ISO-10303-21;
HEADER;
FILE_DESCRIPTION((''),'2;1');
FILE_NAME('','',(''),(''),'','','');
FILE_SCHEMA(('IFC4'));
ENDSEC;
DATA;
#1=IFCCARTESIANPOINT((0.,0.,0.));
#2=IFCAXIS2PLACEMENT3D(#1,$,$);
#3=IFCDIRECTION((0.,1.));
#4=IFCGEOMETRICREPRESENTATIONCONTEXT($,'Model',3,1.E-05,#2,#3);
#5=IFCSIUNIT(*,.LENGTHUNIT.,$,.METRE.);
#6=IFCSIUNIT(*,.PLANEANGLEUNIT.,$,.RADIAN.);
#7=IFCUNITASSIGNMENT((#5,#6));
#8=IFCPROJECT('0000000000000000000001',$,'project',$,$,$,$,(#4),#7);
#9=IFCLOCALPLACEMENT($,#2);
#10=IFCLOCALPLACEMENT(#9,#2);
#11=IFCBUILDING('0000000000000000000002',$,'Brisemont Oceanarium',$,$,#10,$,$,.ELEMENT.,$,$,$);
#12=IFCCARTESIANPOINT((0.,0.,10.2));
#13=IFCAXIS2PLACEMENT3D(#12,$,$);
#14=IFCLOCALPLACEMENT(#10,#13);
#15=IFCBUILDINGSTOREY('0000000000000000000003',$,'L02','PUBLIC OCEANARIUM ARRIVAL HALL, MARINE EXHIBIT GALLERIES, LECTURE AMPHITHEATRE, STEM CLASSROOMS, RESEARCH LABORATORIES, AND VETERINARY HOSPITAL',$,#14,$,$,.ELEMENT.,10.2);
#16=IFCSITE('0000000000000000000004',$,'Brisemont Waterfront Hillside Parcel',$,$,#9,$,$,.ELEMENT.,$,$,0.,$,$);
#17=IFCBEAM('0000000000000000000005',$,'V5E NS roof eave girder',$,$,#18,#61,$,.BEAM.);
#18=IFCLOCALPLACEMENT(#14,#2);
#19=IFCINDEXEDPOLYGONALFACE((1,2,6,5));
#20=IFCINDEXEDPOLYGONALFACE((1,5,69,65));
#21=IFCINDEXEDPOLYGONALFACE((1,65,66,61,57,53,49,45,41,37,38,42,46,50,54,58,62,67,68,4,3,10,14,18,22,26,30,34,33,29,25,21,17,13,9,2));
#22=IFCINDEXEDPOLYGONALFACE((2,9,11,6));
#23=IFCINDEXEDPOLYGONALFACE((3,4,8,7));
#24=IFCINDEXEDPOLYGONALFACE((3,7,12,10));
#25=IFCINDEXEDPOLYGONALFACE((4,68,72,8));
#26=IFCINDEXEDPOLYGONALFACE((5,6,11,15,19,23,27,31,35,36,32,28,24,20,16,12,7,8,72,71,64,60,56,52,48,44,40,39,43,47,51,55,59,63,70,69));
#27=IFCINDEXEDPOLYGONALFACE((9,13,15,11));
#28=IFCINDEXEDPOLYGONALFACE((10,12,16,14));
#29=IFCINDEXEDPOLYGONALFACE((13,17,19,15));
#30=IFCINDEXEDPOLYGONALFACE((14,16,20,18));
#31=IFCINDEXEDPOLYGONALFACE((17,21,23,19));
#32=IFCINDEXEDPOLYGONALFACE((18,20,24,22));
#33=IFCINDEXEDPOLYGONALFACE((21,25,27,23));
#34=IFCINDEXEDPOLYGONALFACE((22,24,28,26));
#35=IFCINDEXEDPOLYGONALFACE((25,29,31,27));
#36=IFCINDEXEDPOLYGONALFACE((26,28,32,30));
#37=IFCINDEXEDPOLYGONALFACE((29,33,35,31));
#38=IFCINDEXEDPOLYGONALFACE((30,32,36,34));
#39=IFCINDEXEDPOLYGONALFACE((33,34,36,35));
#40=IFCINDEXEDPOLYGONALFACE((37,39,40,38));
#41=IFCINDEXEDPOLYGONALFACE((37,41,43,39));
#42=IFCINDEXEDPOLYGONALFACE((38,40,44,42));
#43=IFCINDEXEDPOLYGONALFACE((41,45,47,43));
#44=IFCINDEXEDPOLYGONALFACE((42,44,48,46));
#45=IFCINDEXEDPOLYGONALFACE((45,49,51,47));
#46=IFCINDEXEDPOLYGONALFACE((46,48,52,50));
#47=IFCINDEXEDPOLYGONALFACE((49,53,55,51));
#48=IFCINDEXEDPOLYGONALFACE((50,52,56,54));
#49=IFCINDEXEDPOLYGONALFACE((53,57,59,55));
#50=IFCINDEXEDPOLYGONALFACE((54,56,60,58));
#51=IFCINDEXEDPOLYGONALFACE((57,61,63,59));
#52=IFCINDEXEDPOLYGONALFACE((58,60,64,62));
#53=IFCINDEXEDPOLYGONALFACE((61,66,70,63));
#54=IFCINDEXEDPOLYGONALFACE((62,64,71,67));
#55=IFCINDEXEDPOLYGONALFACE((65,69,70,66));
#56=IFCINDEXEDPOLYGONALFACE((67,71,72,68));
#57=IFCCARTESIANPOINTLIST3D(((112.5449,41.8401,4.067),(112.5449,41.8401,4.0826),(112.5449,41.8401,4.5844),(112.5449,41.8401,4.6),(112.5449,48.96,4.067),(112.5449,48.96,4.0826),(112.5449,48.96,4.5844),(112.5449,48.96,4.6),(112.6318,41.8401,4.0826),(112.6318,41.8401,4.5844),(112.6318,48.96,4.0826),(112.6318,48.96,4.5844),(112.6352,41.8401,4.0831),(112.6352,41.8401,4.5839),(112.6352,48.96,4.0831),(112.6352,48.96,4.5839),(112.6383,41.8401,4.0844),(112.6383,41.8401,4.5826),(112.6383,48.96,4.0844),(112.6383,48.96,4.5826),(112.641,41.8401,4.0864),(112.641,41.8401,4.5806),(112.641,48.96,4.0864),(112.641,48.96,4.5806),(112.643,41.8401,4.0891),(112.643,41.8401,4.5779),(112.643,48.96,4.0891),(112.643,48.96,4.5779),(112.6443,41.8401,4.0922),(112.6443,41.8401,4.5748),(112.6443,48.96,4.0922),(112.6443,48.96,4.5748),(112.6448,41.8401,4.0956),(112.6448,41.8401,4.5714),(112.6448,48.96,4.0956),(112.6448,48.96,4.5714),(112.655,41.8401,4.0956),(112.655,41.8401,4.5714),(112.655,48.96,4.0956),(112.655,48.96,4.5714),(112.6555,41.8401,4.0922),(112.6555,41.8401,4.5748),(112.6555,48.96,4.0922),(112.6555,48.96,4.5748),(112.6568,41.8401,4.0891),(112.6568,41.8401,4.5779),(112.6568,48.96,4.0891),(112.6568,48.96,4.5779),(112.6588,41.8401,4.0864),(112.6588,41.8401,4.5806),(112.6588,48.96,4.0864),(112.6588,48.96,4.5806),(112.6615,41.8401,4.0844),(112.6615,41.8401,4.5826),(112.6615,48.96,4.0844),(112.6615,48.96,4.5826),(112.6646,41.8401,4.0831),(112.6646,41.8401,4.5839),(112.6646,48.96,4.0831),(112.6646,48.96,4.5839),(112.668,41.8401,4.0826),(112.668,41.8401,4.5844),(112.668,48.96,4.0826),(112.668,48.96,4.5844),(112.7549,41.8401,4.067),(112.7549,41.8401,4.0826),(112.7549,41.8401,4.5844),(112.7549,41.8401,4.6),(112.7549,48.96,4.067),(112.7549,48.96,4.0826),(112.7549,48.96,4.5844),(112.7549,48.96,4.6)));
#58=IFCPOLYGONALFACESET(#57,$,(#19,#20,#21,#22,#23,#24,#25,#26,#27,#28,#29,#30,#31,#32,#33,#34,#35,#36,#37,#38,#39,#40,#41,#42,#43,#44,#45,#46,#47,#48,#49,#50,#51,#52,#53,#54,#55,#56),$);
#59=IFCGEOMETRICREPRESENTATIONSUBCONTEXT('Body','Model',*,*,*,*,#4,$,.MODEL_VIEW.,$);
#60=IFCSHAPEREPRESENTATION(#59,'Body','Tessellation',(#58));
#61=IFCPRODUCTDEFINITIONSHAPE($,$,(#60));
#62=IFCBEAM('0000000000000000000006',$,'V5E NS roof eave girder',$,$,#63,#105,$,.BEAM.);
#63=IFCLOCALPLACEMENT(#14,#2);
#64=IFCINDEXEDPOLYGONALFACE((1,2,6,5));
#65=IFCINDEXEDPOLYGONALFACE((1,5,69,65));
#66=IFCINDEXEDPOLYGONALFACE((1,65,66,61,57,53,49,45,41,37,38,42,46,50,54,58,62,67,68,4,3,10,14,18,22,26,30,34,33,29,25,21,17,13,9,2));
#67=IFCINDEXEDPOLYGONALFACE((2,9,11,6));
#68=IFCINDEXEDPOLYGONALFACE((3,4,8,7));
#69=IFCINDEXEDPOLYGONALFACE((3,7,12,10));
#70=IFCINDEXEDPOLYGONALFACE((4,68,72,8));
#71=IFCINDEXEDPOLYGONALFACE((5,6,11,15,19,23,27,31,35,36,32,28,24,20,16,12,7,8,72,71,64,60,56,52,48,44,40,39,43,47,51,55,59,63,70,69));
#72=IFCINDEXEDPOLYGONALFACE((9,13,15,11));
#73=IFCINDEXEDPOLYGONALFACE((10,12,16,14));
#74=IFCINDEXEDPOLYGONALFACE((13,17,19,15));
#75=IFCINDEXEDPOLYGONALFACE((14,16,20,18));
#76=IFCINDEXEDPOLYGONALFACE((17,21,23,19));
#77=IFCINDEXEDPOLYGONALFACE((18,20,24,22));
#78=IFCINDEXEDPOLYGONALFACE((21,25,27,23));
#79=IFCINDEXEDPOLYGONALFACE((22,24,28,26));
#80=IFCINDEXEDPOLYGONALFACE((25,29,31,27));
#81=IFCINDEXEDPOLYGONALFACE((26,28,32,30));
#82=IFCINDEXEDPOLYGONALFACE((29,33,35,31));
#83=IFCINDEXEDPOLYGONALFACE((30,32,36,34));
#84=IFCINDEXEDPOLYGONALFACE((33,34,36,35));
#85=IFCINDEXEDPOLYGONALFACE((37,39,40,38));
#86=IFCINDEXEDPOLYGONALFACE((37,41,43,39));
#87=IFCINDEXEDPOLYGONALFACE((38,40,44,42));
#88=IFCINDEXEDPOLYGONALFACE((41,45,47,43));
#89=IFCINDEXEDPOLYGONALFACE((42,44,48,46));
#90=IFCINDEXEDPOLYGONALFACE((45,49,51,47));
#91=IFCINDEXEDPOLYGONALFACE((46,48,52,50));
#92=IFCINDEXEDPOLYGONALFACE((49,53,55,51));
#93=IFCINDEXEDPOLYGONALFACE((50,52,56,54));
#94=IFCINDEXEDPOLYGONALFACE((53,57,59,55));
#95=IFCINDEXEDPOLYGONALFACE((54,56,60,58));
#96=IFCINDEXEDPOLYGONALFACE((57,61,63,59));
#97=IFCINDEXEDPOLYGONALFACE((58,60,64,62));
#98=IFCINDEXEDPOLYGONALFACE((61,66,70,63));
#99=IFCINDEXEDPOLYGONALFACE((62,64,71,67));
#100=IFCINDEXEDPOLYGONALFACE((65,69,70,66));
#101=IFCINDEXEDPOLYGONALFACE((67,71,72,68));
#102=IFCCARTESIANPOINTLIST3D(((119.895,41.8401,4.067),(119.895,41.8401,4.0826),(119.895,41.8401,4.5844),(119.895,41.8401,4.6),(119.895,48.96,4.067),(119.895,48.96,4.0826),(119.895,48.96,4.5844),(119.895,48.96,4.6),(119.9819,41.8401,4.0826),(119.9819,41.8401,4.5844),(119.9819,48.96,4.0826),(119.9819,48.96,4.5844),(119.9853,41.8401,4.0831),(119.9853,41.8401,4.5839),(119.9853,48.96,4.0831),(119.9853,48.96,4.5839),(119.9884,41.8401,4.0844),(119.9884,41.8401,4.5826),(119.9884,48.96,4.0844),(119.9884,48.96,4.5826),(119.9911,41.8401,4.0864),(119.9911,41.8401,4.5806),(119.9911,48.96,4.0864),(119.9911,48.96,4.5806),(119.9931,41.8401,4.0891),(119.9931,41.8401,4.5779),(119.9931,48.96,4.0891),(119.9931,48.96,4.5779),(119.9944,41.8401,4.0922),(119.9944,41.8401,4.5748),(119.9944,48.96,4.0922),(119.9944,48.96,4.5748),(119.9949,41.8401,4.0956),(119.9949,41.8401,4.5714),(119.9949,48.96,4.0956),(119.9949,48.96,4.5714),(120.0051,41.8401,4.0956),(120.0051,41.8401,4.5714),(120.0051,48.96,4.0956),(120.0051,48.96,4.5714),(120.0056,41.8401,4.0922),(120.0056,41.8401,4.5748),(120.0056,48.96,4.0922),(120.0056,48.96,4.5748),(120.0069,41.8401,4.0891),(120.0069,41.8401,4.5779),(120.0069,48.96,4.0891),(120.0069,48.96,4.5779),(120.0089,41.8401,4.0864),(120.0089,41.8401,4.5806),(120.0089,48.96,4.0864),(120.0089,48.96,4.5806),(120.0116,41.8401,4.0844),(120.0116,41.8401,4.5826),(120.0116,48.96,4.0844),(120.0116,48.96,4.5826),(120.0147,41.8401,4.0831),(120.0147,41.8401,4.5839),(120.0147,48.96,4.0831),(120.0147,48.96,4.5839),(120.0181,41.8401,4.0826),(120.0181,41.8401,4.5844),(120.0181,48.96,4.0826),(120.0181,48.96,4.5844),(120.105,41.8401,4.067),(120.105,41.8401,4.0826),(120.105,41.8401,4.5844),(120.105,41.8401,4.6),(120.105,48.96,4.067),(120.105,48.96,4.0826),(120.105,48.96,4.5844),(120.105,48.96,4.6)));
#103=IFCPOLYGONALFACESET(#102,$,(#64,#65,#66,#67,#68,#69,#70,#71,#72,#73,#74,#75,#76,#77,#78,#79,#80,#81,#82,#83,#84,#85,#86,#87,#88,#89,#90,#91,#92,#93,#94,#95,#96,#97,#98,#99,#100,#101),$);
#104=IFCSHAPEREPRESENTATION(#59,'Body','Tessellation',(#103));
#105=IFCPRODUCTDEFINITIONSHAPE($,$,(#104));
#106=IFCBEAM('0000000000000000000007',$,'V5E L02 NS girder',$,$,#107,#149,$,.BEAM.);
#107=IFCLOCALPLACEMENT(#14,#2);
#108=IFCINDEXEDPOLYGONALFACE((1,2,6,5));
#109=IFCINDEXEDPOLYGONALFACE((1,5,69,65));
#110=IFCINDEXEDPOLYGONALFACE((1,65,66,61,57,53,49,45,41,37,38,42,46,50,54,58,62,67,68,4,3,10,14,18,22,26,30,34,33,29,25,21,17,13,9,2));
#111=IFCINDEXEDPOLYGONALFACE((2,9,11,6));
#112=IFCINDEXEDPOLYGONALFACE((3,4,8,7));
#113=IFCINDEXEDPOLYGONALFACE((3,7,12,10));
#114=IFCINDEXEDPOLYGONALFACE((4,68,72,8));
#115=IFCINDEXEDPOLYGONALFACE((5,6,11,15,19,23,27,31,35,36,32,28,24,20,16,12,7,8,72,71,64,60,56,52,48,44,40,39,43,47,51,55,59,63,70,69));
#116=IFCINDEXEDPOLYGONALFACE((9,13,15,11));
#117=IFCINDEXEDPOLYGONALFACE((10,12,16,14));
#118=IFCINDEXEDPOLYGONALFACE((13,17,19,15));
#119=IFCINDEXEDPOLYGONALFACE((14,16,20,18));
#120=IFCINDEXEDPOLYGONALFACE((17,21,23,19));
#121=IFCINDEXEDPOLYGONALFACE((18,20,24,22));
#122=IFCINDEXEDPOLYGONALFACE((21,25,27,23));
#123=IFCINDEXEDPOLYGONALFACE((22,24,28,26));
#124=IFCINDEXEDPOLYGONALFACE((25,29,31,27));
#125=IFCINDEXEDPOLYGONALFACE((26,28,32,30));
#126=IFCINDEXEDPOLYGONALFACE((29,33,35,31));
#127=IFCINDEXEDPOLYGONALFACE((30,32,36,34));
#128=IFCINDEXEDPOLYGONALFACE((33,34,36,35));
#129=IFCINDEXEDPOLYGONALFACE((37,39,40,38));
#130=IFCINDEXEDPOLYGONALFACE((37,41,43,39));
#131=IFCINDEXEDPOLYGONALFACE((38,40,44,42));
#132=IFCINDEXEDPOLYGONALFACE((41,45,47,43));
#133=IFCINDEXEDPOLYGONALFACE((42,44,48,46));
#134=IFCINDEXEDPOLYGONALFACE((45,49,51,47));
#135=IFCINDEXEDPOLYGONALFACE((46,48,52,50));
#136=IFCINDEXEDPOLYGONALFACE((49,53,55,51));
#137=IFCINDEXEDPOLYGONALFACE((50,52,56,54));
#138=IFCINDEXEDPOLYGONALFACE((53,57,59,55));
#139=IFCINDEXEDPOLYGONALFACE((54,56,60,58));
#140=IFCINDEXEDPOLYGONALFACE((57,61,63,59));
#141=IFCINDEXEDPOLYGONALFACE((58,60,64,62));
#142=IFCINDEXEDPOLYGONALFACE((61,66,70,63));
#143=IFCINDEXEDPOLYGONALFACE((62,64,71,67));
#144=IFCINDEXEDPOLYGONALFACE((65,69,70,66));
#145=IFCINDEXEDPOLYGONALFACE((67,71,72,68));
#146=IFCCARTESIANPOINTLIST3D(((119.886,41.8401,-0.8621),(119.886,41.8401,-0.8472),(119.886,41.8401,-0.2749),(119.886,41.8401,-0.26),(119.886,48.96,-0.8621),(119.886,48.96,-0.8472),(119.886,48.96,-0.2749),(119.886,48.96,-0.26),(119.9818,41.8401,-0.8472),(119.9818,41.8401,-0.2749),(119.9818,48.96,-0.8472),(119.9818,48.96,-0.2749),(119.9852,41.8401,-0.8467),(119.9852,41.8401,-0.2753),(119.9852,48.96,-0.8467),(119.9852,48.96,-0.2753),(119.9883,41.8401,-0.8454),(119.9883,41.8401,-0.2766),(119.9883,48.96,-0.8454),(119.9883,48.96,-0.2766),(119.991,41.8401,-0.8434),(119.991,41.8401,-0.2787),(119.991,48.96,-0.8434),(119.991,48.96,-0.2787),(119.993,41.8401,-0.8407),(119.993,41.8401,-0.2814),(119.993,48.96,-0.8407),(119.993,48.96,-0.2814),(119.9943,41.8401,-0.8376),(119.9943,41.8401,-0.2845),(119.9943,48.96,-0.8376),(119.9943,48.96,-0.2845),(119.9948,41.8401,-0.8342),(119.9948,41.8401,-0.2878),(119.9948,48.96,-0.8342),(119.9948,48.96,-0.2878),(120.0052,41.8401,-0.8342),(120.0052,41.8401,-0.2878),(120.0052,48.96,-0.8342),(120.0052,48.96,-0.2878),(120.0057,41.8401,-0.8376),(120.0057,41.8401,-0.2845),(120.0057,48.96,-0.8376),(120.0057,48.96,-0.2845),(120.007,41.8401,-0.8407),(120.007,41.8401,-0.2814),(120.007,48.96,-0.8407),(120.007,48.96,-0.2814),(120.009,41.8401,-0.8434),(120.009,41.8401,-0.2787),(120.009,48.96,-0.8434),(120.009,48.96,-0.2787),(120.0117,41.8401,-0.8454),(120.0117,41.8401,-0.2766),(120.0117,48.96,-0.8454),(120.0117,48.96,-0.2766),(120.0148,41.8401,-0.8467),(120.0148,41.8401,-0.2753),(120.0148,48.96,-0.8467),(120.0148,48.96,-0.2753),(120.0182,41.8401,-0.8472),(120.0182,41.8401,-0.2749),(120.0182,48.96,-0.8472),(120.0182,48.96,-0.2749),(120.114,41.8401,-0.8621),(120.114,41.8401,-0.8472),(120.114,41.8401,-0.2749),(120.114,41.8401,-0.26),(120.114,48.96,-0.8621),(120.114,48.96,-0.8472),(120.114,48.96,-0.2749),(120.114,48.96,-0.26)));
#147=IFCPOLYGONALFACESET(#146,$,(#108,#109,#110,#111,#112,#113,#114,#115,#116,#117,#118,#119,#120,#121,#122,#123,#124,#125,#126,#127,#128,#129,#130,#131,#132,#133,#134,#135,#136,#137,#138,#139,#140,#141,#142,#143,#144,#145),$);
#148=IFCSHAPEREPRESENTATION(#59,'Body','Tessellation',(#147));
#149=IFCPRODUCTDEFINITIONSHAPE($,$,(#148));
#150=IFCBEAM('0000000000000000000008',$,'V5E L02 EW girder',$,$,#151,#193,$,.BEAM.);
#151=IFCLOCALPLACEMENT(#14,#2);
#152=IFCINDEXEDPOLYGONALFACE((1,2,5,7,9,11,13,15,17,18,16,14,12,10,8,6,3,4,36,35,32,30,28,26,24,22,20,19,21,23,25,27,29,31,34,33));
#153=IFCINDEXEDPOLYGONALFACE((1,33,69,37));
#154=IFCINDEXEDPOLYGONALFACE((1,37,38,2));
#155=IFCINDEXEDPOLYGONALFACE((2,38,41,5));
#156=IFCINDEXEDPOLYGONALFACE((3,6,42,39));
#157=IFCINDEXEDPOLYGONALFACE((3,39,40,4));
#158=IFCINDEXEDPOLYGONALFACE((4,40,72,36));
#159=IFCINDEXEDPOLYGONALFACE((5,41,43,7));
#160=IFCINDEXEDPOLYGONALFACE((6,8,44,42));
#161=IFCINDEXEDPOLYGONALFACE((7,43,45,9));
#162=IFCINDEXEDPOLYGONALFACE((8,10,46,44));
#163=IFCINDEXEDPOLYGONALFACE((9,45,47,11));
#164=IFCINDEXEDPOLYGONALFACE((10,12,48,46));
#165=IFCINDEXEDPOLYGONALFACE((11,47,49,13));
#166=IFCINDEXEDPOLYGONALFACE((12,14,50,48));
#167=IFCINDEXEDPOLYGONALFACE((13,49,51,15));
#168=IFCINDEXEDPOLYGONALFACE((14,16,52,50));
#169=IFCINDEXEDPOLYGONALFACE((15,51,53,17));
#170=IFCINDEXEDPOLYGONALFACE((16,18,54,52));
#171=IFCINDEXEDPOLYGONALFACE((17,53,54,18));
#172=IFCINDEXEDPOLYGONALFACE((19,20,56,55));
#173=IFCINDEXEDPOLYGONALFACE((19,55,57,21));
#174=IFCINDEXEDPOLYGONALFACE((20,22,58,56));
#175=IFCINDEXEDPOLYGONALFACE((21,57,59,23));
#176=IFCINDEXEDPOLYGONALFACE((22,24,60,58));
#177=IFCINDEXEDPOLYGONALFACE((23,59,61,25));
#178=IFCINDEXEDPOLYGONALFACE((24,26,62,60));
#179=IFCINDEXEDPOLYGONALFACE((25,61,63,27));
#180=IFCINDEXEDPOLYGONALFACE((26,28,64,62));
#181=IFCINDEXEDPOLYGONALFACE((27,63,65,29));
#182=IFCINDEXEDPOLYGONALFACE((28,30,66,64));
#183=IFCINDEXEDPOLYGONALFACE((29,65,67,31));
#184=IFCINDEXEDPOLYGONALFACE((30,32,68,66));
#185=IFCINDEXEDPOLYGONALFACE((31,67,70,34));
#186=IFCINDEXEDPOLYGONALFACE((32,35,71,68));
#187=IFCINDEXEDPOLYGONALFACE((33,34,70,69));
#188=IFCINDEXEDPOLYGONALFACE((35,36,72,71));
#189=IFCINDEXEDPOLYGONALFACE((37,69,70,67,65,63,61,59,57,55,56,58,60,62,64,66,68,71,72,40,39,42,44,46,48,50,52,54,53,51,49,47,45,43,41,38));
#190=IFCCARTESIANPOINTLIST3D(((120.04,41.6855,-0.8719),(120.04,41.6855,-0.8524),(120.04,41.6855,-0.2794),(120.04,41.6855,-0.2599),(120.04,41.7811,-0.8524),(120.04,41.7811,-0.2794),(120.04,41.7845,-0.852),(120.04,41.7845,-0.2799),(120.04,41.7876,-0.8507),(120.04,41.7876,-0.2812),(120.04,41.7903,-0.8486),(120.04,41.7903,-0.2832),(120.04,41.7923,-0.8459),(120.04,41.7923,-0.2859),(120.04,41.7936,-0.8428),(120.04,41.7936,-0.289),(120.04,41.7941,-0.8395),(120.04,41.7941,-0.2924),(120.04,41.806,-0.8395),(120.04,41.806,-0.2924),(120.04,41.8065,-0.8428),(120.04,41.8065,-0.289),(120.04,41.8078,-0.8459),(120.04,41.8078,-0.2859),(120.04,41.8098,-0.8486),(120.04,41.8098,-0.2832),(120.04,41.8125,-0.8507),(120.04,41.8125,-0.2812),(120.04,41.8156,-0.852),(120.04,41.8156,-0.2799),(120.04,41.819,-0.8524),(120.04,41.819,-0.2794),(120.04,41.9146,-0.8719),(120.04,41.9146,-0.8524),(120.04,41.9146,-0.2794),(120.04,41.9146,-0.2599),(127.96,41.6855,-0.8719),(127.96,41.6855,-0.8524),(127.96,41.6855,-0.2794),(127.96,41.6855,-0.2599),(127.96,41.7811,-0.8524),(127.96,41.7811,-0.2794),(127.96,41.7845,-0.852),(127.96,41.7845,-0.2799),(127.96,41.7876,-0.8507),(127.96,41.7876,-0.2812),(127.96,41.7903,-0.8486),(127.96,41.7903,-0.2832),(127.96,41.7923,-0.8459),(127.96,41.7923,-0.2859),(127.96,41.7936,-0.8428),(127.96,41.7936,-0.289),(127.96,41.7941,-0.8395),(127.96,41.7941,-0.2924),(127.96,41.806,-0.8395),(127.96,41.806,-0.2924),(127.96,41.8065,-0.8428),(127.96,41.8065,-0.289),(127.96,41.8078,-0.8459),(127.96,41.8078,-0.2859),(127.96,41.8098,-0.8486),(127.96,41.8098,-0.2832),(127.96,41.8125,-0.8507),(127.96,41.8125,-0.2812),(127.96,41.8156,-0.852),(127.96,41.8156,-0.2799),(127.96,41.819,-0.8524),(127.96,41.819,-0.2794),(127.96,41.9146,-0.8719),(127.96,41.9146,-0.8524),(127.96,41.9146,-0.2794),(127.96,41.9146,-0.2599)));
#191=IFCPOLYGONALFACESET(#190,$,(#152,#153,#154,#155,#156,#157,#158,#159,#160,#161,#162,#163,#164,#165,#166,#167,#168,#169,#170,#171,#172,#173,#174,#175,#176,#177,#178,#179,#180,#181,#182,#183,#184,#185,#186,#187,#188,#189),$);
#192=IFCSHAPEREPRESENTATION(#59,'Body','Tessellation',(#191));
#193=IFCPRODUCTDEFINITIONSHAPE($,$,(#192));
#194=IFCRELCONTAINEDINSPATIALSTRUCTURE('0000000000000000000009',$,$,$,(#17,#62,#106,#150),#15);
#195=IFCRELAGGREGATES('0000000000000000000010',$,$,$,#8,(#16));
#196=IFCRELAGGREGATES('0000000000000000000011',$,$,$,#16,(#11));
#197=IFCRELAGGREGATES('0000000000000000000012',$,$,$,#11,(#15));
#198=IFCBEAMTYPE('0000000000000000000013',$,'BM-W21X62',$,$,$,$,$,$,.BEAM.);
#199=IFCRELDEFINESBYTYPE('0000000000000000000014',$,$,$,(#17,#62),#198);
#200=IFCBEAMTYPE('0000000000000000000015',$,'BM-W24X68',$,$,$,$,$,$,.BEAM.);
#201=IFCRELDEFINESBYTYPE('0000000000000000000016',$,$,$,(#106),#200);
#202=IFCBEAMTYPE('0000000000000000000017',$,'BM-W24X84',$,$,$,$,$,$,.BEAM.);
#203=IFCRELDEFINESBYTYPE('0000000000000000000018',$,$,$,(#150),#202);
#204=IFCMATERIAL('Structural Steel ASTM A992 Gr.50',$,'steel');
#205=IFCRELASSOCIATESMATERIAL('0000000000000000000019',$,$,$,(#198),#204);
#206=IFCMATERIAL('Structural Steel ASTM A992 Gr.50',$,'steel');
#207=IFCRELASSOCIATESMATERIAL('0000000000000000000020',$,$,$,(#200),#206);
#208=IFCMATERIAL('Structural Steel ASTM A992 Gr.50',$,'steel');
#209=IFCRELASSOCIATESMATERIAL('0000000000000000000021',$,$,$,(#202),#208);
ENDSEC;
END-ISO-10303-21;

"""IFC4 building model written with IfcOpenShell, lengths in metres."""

from ifc_helpers import new_model, si_unit, direction, frame, origin, origin_2d, place, context, subcontext, project, spatial, i_section, extrude, material, material_profile, profile_set, type_object, element, save


model = new_model("IFC4")

# Units and contexts
model_context = context("Model", 3, precision=1e-05, world=origin(), true_north=direction((0.0, 1.0)))
body_context = subcontext(model_context, "Body", "Model", "MODEL_VIEW")
ifc_project = project(units=[si_unit("LENGTHUNIT", "METRE"), si_unit("PLANEANGLEUNIT", "RADIAN")], contexts=[model_context])

# Site, building, storey
site_placement = place(None, origin())
site = spatial("IfcSite", under=ifc_project, at=site_placement, Name="Brisemont Waterfront Hillside Parcel", CompositionType="ELEMENT", RefElevation=0.0)
building_placement = place(site_placement, origin())
building = spatial("IfcBuilding", under=site, at=building_placement, Name="Brisemont Oceanarium", CompositionType="ELEMENT")
storey_placement = place(building_placement, frame((0.0, 0.0, 10.2)))
storey = spatial("IfcBuildingStorey", under=building, at=storey_placement, Name="L02", Description="PUBLIC OCEANARIUM ARRIVAL HALL, MARINE EXHIBIT GALLERIES, LECTURE AMPHITHEATRE, STEM CLASSROOMS, RESEARCH LABORATORIES, AND VETERINARY HOSPITAL", CompositionType="ELEMENT", Elevation=10.2)

# Beams
ifc_material_1 = material(Name="Structural Steel ASTM A992 Gr.50", Category="steel")
ifc_material_profile_1 = material_profile(ifc_material_1, i_section(OverallWidth=0.21, OverallDepth=0.533, WebThickness=0.0103, FlangeThickness=0.0156, FilletRadius=0.0129, at=origin_2d()), Name="W21X62")
ifc_profile_set_1 = profile_set([ifc_material_profile_1], Name="Structural Steel ASTM A992 Gr.50")
beam_type_1 = type_object("IfcBeamType", Name="BM-W21X62", PredefinedType="BEAM", material=ifc_profile_set_1)
for number, where, z_axis, x_axis, name in (
    (1, (112.6499, 41.8401, 4.3335), (0.0, 1.0, 0.0), (-1.0, 0.0, 0.0), "V5E NS roof eave girder"),
    (2, (120.0, 41.8401, 4.3335), (0.0, 1.0, 0.0), (-1.0, 0.0, 0.0), "V5E NS roof eave girder"),
):
    element("IfcBeam", number, at=place(storey_placement, frame(where, z_axis=z_axis, x_axis=x_axis)), inside=storey, type_object=beam_type_1, Name=name, PredefinedType="BEAM", context=body_context, shape_type="SweptSolid", body=[
        extrude(i_section(OverallWidth=0.21, OverallDepth=0.533, WebThickness=0.0103, FlangeThickness=0.0156, FilletRadius=0.0129, at=origin_2d()), origin(), (0.0, 0.0, 1.0), 7.1199),
    ])
ifc_material_2 = material(Name="Structural Steel ASTM A992 Gr.50", Category="steel")
ifc_material_profile_2 = material_profile(ifc_material_2, i_section(OverallWidth=0.228, OverallDepth=0.6021, WebThickness=0.0105, FlangeThickness=0.0149, FilletRadius=0.0129, at=origin_2d()), Name="W24X68")
ifc_profile_set_2 = profile_set([ifc_material_profile_2], Name="Structural Steel ASTM A992 Gr.50")
beam_type_2 = type_object("IfcBeamType", Name="BM-W24X68", PredefinedType="BEAM", material=ifc_profile_set_2)
beam_1_placement = place(storey_placement, frame((120.0, 41.8401, -0.561), z_axis=(0.0, 1.0, 0.0), x_axis=(-1.0, 0.0, 0.0)))
element("IfcBeam", 3, at=beam_1_placement, inside=storey, type_object=beam_type_2, Name="V5E L02 NS girder", PredefinedType="BEAM", context=body_context, shape_type="SweptSolid", body=[
    extrude(i_section(OverallWidth=0.228, OverallDepth=0.6021, WebThickness=0.0105, FlangeThickness=0.0149, FilletRadius=0.0129, at=origin_2d()), origin(), (0.0, 0.0, 1.0), 7.1199),
])
ifc_material_3 = material(Name="Structural Steel ASTM A992 Gr.50", Category="steel")
ifc_material_profile_3 = material_profile(ifc_material_3, i_section(OverallWidth=0.229, OverallDepth=0.6121, WebThickness=0.012, FlangeThickness=0.0195, FilletRadius=0.0129, at=origin_2d()), Name="W24X84")
ifc_profile_set_3 = profile_set([ifc_material_profile_3], Name="Structural Steel ASTM A992 Gr.50")
beam_type_3 = type_object("IfcBeamType", Name="BM-W24X84", PredefinedType="BEAM", material=ifc_profile_set_3)
beam_2_placement = place(storey_placement, frame((120.04, 41.8, -0.5659), z_axis=(1.0, 0.0, 0.0), x_axis=(0.0, 1.0, 0.0)))
element("IfcBeam", 4, at=beam_2_placement, inside=storey, type_object=beam_type_3, Name="V5E L02 EW girder", PredefinedType="BEAM", context=body_context, shape_type="SweptSolid", body=[
    extrude(i_section(OverallWidth=0.229, OverallDepth=0.6121, WebThickness=0.012, FlangeThickness=0.0195, FilletRadius=0.0129, at=origin_2d()), origin(), (0.0, 0.0, 1.0), 7.9199),
])

save(model, "model.ifc")
